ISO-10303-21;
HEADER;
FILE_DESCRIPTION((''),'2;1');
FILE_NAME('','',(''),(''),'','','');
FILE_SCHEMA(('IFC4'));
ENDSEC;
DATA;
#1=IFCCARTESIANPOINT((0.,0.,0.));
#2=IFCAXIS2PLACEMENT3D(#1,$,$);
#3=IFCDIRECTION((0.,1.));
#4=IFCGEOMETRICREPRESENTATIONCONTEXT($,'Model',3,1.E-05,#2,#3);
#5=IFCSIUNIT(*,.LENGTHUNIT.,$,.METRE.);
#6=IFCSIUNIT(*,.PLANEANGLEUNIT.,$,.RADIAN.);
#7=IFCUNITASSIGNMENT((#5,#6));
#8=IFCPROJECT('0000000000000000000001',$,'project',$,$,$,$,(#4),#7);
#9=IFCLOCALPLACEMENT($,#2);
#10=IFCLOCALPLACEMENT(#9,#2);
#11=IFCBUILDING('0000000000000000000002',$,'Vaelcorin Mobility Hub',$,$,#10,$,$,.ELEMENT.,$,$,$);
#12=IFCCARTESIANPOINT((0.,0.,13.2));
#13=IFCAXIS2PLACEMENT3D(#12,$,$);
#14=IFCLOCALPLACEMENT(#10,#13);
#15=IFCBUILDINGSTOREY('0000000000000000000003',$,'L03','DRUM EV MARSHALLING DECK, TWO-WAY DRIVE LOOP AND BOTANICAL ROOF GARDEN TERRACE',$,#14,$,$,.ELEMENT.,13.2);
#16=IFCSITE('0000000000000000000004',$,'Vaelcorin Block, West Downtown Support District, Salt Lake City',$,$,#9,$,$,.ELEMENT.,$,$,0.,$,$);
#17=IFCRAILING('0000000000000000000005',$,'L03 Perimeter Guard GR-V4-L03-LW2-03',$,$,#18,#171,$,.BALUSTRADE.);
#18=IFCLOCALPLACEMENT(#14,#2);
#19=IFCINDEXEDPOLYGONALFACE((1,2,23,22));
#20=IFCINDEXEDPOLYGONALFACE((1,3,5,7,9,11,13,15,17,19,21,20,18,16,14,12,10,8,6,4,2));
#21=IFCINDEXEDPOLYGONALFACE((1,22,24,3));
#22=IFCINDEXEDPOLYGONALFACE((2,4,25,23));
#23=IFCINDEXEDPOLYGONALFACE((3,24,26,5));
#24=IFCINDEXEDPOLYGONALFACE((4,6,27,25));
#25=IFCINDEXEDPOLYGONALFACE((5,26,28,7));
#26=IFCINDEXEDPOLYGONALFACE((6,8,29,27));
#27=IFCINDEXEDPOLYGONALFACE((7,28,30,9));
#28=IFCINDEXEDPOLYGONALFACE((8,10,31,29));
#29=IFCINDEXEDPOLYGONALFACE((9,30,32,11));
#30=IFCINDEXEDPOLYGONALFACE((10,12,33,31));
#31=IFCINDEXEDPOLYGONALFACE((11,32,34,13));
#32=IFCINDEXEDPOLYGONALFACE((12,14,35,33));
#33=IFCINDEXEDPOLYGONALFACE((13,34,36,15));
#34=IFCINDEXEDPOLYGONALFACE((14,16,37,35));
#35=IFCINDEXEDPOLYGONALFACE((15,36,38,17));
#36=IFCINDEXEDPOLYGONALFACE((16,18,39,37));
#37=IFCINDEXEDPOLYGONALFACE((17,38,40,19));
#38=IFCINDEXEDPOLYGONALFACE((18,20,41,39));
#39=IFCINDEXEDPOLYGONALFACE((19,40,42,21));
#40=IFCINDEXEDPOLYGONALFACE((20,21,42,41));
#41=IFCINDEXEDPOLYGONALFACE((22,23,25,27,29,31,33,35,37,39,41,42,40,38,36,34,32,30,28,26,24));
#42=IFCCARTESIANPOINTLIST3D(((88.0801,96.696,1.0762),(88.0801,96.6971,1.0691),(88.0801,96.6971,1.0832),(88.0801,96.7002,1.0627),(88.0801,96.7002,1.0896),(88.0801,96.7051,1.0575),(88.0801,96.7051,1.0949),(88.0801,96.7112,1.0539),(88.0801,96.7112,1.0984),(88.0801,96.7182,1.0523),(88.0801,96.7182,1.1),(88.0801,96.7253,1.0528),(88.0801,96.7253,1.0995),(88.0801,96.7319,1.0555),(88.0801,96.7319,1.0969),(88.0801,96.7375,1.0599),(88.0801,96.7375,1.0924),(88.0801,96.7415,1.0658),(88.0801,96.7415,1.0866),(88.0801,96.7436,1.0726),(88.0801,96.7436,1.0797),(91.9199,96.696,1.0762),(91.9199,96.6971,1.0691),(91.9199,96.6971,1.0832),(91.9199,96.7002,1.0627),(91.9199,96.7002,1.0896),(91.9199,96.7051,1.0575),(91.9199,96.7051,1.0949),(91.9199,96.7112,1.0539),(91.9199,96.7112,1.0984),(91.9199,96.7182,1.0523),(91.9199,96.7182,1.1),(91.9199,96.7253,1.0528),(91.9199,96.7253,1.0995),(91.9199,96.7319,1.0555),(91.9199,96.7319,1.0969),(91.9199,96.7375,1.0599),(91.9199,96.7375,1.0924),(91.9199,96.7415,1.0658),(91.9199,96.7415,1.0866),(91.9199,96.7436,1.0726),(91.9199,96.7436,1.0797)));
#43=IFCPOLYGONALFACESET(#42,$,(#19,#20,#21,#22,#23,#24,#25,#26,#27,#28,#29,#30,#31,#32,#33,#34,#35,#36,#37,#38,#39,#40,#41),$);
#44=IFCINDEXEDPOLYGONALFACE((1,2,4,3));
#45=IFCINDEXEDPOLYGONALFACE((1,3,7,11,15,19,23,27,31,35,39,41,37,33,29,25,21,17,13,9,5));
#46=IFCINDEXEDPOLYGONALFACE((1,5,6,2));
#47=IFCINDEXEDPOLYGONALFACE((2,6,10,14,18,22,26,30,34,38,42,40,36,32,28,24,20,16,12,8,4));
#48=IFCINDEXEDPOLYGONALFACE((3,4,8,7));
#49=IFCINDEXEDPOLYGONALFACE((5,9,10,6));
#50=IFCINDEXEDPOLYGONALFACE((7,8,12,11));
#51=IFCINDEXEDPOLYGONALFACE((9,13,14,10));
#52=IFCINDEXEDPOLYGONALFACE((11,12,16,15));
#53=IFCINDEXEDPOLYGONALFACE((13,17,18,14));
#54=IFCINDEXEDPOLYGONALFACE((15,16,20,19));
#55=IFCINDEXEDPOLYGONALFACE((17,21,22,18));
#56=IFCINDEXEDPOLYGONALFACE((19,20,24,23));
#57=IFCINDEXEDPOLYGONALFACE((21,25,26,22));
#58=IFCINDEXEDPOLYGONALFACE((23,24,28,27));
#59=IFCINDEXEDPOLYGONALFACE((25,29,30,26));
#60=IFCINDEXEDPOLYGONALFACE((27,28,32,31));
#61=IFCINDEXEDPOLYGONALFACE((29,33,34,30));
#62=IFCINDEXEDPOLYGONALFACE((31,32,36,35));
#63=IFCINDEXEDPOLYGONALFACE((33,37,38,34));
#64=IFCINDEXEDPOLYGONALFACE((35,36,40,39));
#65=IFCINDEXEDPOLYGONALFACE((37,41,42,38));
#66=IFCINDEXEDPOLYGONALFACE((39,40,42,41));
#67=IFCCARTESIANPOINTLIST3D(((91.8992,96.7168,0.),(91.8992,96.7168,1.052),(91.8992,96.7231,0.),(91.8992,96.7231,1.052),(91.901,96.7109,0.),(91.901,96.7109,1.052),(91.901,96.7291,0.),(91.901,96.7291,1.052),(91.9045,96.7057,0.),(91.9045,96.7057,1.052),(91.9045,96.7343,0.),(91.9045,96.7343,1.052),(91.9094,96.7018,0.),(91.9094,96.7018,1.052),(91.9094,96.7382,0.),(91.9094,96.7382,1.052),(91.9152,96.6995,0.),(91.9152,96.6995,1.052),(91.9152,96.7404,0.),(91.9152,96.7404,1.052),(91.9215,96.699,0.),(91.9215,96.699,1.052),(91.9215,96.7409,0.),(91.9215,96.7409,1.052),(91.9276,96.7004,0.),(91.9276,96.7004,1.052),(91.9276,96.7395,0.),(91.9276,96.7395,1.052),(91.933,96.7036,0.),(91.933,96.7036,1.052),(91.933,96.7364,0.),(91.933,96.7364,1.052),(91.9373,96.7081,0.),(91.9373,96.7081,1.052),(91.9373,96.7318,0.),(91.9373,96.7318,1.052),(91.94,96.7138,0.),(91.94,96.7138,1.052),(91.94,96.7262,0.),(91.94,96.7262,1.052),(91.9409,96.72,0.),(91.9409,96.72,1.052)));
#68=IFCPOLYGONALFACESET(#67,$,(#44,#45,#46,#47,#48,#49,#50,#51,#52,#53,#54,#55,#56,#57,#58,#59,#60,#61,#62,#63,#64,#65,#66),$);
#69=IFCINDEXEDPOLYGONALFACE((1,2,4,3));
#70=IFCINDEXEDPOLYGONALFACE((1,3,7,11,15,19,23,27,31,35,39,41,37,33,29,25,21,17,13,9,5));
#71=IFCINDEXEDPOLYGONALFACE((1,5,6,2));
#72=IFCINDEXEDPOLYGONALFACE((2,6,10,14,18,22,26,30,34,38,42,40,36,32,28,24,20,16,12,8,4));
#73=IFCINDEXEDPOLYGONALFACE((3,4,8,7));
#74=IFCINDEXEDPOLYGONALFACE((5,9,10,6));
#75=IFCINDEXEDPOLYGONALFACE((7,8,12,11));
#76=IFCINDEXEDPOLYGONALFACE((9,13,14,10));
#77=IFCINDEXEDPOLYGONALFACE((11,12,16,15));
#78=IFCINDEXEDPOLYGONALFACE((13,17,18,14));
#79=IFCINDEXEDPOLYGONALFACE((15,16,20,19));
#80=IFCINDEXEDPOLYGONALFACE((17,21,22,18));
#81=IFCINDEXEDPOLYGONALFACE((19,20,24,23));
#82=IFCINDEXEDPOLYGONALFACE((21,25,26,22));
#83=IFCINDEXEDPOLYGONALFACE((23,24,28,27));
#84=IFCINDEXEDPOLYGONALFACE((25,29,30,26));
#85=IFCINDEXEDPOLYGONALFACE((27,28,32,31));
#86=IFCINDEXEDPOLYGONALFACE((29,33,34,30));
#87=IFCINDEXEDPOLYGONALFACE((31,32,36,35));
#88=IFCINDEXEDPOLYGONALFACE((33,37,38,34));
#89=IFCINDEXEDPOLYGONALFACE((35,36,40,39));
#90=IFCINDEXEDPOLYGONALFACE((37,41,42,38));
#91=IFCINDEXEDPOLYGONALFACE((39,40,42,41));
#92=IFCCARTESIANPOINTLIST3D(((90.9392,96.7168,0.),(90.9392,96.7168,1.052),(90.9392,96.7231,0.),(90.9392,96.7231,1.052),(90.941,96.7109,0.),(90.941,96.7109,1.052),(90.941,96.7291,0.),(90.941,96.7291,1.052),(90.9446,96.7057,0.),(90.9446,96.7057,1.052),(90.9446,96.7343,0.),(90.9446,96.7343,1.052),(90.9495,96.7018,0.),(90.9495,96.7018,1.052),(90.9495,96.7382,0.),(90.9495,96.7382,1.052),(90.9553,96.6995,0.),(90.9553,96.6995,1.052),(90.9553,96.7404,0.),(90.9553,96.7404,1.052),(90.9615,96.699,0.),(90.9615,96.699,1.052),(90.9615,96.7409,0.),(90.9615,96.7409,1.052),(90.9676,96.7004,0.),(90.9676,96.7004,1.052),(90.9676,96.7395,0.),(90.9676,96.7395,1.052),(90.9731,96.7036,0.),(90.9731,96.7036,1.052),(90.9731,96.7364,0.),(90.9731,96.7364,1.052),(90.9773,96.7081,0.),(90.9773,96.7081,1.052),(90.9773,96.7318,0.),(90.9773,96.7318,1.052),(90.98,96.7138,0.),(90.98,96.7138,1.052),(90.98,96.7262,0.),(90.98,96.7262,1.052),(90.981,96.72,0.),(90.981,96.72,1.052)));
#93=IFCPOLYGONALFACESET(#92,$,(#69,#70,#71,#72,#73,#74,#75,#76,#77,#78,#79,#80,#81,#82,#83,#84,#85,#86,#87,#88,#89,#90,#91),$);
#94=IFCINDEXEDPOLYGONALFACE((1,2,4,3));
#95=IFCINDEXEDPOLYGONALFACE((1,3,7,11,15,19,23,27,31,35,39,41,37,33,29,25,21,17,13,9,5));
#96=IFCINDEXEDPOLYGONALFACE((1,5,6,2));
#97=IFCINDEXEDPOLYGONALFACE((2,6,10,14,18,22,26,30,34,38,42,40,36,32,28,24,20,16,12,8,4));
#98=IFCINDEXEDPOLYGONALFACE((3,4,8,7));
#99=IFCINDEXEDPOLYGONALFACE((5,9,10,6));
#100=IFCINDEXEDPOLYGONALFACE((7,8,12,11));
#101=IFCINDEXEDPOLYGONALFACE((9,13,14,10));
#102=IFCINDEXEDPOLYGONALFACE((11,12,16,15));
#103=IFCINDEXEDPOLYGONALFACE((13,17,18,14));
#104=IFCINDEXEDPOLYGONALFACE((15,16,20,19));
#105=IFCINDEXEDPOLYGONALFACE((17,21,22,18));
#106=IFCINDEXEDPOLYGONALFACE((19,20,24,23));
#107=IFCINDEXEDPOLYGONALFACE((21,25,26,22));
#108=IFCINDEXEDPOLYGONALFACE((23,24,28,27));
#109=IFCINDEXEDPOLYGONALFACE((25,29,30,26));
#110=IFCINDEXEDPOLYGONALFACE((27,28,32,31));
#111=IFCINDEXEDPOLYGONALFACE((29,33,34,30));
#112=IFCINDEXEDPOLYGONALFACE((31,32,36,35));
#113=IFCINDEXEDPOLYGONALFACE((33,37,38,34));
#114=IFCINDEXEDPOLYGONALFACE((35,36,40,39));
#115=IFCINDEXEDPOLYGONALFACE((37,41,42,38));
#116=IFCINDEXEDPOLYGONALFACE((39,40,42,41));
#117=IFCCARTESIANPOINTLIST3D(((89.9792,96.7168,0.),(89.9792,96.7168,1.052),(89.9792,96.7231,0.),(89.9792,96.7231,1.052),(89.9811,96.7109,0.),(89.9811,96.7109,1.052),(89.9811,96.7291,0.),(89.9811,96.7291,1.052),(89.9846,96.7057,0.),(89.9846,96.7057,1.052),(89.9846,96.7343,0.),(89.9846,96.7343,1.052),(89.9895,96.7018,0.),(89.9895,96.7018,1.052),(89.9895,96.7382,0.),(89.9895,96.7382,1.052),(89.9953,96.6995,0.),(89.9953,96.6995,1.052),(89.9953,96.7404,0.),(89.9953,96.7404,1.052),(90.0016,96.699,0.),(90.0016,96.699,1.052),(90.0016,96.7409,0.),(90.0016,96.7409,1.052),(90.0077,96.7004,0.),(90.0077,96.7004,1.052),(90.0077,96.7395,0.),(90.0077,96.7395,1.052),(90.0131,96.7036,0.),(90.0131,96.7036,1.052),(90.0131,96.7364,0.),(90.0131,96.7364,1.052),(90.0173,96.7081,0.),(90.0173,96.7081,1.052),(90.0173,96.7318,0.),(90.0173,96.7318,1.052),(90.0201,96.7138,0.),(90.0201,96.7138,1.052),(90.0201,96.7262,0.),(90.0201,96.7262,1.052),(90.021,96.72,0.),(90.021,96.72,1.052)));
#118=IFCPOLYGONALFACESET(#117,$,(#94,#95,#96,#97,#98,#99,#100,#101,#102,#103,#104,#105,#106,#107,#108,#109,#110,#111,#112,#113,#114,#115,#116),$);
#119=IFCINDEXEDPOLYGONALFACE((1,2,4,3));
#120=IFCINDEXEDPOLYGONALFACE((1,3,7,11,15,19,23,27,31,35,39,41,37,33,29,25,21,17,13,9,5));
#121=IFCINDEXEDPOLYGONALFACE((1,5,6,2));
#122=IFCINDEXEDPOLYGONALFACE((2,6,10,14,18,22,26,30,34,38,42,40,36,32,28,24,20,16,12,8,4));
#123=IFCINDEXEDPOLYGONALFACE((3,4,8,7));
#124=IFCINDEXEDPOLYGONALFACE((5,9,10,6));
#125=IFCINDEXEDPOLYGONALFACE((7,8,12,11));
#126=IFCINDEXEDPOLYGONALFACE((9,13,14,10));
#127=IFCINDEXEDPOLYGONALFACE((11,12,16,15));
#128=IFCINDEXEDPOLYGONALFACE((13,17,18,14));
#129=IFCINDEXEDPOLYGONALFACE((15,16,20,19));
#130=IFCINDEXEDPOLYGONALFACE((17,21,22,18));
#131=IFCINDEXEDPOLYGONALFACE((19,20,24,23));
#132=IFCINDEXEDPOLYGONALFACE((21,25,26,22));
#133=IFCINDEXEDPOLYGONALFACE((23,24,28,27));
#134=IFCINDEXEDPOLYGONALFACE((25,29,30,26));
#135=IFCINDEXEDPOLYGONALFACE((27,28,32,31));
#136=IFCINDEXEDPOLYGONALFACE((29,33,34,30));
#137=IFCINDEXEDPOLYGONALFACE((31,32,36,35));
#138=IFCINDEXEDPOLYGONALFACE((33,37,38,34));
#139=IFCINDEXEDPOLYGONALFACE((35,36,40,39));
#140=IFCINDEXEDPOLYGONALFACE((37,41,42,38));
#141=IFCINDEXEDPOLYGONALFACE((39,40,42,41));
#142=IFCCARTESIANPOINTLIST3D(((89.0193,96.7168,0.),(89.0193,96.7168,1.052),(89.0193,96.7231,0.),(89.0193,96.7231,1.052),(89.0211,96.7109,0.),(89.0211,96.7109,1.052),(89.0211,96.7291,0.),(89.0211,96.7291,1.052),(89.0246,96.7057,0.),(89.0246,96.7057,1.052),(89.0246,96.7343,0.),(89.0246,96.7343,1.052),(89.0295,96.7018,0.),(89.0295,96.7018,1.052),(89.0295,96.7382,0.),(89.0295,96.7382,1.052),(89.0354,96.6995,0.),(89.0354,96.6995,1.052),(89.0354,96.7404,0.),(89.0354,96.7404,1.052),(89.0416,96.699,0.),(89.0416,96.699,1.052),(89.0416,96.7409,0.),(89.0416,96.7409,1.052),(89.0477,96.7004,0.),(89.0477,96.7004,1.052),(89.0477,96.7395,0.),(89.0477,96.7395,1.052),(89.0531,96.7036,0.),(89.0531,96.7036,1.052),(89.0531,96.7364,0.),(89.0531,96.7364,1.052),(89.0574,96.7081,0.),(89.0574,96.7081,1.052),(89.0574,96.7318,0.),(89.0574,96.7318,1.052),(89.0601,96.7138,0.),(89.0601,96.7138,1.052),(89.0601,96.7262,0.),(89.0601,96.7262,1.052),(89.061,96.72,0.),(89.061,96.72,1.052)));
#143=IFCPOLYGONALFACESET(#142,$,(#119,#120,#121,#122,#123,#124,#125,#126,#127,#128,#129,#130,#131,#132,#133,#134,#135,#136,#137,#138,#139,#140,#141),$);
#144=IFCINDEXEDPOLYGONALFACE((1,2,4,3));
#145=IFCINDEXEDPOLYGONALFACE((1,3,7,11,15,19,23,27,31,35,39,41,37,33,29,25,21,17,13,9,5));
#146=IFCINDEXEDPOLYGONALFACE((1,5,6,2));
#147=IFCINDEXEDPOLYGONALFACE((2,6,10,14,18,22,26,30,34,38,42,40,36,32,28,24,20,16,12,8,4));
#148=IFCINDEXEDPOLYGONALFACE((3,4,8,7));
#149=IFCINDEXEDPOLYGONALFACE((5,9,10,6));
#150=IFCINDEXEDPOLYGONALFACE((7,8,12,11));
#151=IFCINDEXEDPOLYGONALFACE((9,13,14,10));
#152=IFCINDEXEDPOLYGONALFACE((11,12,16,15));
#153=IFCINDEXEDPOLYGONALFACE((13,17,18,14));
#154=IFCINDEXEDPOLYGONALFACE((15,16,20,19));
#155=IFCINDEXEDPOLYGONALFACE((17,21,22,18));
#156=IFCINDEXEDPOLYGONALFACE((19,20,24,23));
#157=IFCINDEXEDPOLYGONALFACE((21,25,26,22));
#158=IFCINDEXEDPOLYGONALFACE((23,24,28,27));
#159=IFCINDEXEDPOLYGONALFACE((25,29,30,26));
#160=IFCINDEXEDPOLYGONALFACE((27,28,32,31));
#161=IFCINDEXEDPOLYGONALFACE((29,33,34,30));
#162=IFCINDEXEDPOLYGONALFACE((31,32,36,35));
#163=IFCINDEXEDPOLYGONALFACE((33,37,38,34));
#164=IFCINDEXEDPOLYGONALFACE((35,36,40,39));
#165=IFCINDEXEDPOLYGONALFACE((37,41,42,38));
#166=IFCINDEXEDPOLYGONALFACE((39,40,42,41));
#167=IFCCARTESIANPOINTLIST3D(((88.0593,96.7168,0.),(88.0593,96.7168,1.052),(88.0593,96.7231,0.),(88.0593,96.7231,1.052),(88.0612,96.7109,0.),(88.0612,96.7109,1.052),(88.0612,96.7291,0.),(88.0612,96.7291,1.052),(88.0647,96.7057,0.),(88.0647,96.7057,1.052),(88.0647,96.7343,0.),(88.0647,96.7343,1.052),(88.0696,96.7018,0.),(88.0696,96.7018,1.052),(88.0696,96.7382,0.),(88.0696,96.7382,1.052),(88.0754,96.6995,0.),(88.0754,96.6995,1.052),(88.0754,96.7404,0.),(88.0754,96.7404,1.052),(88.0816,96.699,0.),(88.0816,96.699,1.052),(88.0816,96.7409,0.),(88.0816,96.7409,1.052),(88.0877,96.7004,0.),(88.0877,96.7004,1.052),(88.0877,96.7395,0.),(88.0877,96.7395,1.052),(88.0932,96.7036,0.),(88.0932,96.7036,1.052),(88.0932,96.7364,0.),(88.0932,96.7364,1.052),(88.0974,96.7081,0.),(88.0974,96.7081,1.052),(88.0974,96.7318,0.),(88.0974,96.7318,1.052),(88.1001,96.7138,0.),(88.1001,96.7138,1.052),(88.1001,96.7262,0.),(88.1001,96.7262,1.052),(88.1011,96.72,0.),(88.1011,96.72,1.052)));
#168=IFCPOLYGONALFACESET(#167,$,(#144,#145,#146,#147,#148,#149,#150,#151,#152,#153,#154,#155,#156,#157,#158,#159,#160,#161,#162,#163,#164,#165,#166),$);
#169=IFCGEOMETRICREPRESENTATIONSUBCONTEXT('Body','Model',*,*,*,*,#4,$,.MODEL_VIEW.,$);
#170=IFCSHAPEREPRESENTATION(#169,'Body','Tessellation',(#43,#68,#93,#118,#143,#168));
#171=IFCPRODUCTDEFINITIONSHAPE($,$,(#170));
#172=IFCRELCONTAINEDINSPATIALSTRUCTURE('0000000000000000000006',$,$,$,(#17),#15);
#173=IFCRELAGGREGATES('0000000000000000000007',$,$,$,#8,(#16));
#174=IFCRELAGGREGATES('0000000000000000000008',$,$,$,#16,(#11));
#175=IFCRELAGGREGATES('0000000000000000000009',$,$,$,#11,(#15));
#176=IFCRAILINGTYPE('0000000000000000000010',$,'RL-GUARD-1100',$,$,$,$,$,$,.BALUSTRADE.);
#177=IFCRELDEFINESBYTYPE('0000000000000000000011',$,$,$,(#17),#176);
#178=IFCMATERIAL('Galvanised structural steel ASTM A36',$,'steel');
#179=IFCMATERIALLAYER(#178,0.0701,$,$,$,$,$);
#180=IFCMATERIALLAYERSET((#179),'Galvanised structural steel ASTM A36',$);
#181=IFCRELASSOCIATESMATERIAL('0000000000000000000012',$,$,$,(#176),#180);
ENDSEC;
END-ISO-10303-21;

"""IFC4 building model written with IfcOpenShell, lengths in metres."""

from ifc_helpers import new_model, si_unit, direction, frame, origin, origin_2d, place, context, subcontext, project, spatial, circle, extrude, material, layer, layer_set, type_object, element, save


model = new_model("IFC4")

# Units and contexts
model_context = context("Model", 3, precision=1e-05, world=origin(), true_north=direction((0.0, 1.0)))
body_context = subcontext(model_context, "Body", "Model", "MODEL_VIEW")
ifc_project = project(units=[si_unit("LENGTHUNIT", "METRE"), si_unit("PLANEANGLEUNIT", "RADIAN")], contexts=[model_context])

# Site, building, storey
site_placement = place(None, origin())
site = spatial("IfcSite", under=ifc_project, at=site_placement, Name="Vaelcorin Block, West Downtown Support District, Salt Lake City", CompositionType="ELEMENT", RefElevation=0.0)
building_placement = place(site_placement, origin())
building = spatial("IfcBuilding", under=site, at=building_placement, Name="Vaelcorin Mobility Hub", CompositionType="ELEMENT")
storey_placement = place(building_placement, frame((0.0, 0.0, 13.2)))
storey = spatial("IfcBuildingStorey", under=building, at=storey_placement, Name="L03", Description="DRUM EV MARSHALLING DECK, TWO-WAY DRIVE LOOP AND BOTANICAL ROOF GARDEN TERRACE", CompositionType="ELEMENT", Elevation=13.2)

# Railing
ifc_material_1 = material(Name="Galvanised structural steel ASTM A36", Category="steel")
ifc_layer = layer(ifc_material_1, 0.0701)
ifc_layer_set = layer_set([ifc_layer], Name="Galvanised structural steel ASTM A36")
railing_type = type_object("IfcRailingType", Name="RL-GUARD-1100", PredefinedType="BALUSTRADE", material=ifc_layer_set)
railing_1_placement = place(storey_placement, frame((91.9199, 96.72, 0.0)))
element("IfcRailing", 1, at=railing_1_placement, inside=storey, type_object=railing_type, Name="L03 Perimeter Guard GR-V4-L03-LW2-03", PredefinedType="BALUSTRADE", context=body_context, shape_type="SweptSolid", body=[
    extrude(circle(Radius=0.0239, at=origin_2d()), frame((0.0, 0.0, 1.0762), z_axis=(-1.0, 0.0, 0.0), x_axis=(0.0, -1.0, 0.0)), (0.0, 0.0, 1.0), 3.8398),
    extrude(circle(Radius=0.021, at=origin_2d()), origin(), (0.0, 0.0, 1.0), 1.052),
    extrude(circle(Radius=0.021, at=origin_2d()), frame((-0.96, 0.0, 0.0)), (0.0, 0.0, 1.0), 1.052),
    extrude(circle(Radius=0.021, at=origin_2d()), frame((-1.9199, 0.0, 0.0)), (0.0, 0.0, 1.0), 1.052),
    extrude(circle(Radius=0.021, at=origin_2d()), frame((-2.8799, 0.0, 0.0)), (0.0, 0.0, 1.0), 1.052),
    extrude(circle(Radius=0.021, at=origin_2d()), frame((-3.8398, 0.0, 0.0)), (0.0, 0.0, 1.0), 1.052),
])

save(model, "model.ifc")
